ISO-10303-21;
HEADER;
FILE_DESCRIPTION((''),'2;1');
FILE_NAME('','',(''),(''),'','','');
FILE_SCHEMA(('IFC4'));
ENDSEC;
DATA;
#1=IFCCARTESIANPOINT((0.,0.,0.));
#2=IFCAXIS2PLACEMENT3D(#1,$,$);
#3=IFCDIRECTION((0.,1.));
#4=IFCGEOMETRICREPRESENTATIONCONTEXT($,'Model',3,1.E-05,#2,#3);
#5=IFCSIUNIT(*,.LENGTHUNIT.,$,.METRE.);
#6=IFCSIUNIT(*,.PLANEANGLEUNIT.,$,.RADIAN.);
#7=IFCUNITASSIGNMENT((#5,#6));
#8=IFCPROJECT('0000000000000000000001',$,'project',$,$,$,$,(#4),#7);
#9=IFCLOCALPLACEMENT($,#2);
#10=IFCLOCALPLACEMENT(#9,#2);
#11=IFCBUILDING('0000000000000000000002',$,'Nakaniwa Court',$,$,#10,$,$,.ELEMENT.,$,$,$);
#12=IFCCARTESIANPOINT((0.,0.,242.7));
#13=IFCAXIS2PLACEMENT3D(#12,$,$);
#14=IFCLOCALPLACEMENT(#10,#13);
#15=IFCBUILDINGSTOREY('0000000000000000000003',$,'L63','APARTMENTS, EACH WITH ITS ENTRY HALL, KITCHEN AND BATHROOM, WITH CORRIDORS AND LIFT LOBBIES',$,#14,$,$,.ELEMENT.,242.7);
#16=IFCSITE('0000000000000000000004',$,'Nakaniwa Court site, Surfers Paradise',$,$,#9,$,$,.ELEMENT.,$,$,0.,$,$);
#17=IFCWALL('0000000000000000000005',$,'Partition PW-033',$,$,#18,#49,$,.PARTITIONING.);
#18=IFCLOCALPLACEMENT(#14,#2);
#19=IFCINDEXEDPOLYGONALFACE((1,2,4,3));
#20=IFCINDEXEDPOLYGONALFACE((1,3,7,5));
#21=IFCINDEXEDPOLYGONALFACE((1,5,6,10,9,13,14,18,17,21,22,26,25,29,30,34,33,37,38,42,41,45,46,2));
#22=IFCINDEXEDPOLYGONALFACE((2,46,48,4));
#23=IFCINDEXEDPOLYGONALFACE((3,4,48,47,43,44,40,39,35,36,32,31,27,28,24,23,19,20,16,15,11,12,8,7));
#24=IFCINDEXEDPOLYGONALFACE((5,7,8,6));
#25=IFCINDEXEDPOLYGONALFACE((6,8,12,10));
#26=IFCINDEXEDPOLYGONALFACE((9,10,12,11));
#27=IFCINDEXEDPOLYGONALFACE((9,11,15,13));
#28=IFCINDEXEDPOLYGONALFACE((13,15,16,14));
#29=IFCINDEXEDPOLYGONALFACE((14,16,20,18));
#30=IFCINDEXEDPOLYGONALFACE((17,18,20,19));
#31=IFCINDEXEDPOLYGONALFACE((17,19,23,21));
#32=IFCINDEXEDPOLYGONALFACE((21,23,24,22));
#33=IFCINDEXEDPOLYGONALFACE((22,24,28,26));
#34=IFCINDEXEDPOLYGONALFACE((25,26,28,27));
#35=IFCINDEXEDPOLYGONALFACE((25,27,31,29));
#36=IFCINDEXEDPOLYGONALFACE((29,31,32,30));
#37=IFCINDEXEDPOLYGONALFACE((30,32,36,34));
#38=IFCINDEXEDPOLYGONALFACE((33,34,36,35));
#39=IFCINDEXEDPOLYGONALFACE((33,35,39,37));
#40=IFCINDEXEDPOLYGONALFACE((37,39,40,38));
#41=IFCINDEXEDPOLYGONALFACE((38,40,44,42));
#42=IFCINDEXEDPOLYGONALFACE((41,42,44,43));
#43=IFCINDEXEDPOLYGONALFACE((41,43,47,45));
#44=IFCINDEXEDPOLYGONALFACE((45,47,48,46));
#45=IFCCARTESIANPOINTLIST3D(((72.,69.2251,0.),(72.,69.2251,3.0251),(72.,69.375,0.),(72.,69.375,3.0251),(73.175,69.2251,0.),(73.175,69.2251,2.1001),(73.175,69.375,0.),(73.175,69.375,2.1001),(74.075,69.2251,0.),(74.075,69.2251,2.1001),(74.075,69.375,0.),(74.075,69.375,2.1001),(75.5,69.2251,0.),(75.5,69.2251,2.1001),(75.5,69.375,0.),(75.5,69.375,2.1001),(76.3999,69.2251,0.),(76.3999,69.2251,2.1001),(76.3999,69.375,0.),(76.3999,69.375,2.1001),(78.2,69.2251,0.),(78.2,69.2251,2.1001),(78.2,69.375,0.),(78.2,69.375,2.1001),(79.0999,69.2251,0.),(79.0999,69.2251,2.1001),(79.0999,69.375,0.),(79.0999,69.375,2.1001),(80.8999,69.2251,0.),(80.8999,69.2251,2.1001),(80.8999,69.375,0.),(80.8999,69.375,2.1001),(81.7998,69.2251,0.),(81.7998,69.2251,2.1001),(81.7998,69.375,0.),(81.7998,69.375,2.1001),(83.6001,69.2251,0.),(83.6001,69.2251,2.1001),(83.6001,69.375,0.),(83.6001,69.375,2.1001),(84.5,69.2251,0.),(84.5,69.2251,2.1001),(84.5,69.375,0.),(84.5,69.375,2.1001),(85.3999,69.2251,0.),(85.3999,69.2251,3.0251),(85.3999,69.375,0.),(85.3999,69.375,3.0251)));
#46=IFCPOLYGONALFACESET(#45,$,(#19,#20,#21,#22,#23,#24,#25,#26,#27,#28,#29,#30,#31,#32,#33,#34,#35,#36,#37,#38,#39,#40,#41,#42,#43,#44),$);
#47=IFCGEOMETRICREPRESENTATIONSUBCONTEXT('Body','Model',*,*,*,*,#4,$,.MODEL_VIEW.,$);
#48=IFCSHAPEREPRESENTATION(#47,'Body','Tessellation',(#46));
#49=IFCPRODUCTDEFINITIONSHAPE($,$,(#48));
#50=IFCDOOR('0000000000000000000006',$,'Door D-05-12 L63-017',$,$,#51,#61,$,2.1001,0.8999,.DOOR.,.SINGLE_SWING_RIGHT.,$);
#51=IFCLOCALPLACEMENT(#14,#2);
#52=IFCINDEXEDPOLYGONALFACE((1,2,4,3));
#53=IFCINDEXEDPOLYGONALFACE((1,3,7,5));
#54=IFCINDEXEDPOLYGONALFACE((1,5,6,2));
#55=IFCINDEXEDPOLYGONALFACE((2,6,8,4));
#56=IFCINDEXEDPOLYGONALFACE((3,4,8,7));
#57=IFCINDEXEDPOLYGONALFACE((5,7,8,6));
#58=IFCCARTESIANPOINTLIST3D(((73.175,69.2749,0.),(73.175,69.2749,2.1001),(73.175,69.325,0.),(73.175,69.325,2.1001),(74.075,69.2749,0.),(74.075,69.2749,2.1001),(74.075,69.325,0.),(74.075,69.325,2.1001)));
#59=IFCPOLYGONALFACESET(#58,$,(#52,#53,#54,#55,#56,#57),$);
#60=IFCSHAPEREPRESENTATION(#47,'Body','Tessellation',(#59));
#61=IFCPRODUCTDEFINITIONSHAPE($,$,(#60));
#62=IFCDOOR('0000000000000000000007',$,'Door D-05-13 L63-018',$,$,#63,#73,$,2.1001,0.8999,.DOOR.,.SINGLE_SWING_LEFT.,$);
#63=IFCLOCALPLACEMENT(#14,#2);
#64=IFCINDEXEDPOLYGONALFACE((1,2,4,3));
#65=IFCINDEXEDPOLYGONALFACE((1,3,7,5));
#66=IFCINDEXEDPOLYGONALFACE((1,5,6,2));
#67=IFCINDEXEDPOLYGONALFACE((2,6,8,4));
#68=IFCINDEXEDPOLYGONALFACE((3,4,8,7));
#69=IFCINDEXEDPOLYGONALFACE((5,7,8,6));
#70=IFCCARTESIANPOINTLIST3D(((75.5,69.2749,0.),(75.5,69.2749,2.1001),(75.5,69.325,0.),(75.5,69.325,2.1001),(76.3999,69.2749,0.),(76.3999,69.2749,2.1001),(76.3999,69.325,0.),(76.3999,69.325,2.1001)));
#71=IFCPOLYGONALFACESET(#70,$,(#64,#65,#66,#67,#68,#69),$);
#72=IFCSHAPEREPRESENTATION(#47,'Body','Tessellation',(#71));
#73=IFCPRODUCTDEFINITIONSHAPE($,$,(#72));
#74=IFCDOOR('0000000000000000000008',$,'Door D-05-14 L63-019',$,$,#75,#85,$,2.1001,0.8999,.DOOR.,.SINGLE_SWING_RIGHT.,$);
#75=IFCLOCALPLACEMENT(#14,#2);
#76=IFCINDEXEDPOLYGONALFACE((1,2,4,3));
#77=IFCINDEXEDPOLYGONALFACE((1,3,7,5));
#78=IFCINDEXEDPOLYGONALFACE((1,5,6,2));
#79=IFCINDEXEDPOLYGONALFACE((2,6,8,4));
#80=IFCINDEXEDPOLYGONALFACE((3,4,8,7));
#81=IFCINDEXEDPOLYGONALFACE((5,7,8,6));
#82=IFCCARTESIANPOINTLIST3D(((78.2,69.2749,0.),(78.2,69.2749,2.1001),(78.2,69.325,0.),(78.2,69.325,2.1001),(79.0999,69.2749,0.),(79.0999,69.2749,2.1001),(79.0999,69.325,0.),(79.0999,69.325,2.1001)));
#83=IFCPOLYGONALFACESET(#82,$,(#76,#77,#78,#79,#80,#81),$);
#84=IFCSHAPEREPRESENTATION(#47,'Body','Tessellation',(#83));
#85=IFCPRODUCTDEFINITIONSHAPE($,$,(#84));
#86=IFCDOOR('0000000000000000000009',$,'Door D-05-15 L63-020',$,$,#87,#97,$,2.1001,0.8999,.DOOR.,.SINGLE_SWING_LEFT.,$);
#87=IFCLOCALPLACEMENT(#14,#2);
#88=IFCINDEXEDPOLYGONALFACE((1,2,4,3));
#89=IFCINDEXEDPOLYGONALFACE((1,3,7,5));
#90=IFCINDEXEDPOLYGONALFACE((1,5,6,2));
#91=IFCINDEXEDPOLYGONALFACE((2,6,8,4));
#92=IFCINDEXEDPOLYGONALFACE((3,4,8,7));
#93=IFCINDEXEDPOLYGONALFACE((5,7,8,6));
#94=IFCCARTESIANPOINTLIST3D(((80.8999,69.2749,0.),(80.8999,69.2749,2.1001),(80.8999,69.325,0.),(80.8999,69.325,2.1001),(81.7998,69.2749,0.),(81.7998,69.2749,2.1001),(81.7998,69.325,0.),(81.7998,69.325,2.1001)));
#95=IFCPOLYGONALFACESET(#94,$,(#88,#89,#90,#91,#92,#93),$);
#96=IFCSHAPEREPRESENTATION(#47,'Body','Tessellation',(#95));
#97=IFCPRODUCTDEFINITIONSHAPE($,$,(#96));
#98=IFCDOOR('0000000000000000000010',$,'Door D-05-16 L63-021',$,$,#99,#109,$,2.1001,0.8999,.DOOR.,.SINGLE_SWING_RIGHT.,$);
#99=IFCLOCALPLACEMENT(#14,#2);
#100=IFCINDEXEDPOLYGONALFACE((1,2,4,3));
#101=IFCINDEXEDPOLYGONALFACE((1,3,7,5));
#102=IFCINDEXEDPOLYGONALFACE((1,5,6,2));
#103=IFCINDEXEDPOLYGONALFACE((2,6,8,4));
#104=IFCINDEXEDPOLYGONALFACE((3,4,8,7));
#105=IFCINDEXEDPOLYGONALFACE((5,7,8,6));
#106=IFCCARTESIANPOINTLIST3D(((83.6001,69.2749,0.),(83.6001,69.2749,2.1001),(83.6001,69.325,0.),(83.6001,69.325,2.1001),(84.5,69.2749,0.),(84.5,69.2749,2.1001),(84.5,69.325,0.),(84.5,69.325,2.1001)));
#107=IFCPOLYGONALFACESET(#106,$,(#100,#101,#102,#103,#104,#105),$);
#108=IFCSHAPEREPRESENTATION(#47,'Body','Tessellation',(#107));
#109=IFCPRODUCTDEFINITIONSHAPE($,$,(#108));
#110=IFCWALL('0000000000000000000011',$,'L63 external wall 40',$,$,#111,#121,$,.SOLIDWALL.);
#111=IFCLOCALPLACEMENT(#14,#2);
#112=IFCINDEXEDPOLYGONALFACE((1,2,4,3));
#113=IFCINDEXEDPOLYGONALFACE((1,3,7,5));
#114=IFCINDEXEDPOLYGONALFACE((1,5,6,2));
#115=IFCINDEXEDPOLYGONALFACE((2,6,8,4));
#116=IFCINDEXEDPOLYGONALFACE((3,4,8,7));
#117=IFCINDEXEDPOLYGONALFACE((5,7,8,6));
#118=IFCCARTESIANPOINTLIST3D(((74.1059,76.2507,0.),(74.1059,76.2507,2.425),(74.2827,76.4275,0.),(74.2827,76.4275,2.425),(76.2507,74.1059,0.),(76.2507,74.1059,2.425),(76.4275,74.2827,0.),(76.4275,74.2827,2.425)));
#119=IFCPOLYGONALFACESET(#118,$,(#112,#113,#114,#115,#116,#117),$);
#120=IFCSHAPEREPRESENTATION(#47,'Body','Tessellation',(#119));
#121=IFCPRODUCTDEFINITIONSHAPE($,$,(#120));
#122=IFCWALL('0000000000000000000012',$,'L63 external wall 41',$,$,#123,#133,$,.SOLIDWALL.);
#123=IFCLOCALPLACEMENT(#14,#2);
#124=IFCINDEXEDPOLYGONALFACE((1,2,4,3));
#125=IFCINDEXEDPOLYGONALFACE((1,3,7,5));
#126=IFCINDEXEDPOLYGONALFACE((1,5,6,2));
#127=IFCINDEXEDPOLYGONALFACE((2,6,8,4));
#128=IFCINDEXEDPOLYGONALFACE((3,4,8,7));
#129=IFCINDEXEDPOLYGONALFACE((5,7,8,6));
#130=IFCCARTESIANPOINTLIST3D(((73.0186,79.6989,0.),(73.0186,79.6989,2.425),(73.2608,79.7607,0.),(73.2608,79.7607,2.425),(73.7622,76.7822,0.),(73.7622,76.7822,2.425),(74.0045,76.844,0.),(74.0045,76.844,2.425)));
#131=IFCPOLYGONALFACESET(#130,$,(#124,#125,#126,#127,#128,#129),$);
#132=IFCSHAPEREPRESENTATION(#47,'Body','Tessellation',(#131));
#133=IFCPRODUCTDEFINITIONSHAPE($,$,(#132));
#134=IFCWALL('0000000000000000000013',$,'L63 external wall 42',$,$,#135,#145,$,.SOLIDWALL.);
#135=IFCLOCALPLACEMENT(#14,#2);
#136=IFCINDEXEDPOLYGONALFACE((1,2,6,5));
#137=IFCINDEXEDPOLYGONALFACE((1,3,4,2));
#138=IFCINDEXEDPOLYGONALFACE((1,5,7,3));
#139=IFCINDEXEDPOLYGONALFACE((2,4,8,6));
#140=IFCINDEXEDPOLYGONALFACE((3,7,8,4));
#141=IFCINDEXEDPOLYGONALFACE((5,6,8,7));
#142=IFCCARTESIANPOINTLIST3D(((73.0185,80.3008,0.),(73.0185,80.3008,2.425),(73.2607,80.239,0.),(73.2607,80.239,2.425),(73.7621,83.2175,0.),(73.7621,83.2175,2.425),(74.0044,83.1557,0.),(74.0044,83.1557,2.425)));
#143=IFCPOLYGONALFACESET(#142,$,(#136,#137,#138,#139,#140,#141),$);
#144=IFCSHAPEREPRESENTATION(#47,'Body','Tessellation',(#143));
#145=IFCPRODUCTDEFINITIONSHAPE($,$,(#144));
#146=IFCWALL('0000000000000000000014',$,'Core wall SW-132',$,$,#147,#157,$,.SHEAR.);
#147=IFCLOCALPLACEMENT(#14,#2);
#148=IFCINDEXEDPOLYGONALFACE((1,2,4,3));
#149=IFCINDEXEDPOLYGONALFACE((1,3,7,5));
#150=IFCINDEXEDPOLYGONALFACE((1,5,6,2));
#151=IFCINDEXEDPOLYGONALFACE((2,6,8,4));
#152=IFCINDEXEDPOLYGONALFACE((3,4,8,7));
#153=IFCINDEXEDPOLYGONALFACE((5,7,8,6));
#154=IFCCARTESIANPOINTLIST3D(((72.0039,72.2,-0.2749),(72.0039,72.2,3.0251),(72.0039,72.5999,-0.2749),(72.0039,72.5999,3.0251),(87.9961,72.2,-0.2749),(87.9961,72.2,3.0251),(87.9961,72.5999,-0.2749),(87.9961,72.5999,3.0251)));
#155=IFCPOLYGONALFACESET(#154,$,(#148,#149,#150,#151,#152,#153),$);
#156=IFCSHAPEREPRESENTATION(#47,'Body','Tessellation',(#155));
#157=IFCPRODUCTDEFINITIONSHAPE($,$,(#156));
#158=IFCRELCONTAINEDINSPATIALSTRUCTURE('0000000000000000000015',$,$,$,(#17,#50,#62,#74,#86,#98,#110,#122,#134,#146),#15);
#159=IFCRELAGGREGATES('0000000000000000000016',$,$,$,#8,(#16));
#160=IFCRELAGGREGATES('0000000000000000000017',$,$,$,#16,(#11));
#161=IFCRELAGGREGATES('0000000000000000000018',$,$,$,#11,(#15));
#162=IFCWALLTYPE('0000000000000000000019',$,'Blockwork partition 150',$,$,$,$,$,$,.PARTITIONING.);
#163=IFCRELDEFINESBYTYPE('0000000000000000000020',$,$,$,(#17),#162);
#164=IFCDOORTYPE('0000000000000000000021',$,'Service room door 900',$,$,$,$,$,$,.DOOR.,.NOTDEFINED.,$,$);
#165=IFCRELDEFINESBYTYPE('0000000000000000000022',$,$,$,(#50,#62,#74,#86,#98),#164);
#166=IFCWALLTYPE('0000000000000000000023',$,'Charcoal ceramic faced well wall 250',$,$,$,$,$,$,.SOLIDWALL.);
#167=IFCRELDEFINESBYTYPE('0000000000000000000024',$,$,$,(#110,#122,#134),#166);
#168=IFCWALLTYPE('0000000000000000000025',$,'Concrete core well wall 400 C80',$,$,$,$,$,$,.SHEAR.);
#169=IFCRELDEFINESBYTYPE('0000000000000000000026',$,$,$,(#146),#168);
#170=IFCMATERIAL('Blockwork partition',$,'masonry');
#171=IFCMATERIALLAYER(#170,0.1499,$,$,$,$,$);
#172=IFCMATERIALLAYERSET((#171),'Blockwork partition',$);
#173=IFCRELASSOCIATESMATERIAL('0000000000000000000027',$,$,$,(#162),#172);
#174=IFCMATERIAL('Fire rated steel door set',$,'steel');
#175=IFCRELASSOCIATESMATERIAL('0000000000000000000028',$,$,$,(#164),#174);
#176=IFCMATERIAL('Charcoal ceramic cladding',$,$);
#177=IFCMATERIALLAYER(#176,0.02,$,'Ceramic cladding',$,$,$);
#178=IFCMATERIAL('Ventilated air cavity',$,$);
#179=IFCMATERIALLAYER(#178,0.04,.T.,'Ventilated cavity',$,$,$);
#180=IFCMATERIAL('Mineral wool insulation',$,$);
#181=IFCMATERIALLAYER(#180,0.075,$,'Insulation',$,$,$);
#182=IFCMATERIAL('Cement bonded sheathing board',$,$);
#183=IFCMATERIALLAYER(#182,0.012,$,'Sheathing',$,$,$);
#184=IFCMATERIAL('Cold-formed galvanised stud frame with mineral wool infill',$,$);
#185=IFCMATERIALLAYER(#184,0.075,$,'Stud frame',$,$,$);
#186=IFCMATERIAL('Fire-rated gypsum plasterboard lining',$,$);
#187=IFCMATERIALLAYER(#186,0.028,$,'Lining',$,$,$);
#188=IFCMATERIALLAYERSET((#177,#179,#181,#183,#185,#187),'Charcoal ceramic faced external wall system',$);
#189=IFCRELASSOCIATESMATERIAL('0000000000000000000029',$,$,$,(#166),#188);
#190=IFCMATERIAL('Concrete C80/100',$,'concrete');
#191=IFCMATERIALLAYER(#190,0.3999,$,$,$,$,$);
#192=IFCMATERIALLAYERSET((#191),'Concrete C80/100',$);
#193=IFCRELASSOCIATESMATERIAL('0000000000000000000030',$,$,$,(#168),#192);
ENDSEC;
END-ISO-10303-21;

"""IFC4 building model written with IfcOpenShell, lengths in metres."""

from ifc_helpers import new_model, si_unit, direction, frame, frame_2d, origin, place, context, subcontext, project, spatial, rectangle, extrude, material, layer, layer_set, type_object, element, fill, save


model = new_model("IFC4")

# Units and contexts
model_context = context("Model", 3, precision=1e-05, world=origin(), true_north=direction((0.0, 1.0)))
body_context = subcontext(model_context, "Body", "Model", "MODEL_VIEW")
ifc_project = project(units=[si_unit("LENGTHUNIT", "METRE"), si_unit("PLANEANGLEUNIT", "RADIAN")], contexts=[model_context])

# Site, building, storey
site_placement = place(None, origin())
site = spatial("IfcSite", under=ifc_project, at=site_placement, Name="Nakaniwa Court site, Surfers Paradise", CompositionType="ELEMENT", RefElevation=0.0)
building_placement = place(site_placement, origin())
building = spatial("IfcBuilding", under=site, at=building_placement, Name="Nakaniwa Court", CompositionType="ELEMENT")
storey_placement = place(building_placement, frame((0.0, 0.0, 242.7)))
storey = spatial("IfcBuildingStorey", under=building, at=storey_placement, Name="L63", Description="APARTMENTS, EACH WITH ITS ENTRY HALL, KITCHEN AND BATHROOM, WITH CORRIDORS AND LIFT LOBBIES", CompositionType="ELEMENT", Elevation=242.7)

# Shared definitions
ifc_material_1 = material(Name="Concrete C80/100", Category="concrete")

# Shared definitions
ifc_material_2 = material(Name="Blockwork partition", Category="masonry")
ifc_layer_1 = layer(ifc_material_2, 0.1499)
ifc_layer_set_1 = layer_set([ifc_layer_1], Name="Blockwork partition")
wall_type_1 = type_object("IfcWallType", Name="Blockwork partition 150", PredefinedType="PARTITIONING", material=ifc_layer_set_1)

# Wall, openings, doors
wall_1_placement = place(storey_placement, frame((72.0, 69.3, 0.0), z_axis=(0.0, 0.0, 1.0), x_axis=(1.0, 0.0, 0.0)))
wall_1 = element("IfcWall", 1, at=wall_1_placement, inside=storey, type_object=wall_type_1, Name="Partition PW-033", PredefinedType="PARTITIONING", context=body_context, shape_type="SweptSolid", body=[
    extrude(rectangle(XDim=13.3999, YDim=0.1499, at=frame_2d((6.7, 0.0))), origin(), (0.0, 0.0, 1.0), 3.0251),
])
opening_1_placement = place(wall_1_placement, frame((1.175, 0.0, 0.0)))
opening_1 = element("IfcOpeningElement", 2, at=opening_1_placement, cuts=wall_1, PredefinedType="OPENING", context=body_context, shape_type="SweptSolid", body=[
    extrude(rectangle(XDim=0.8999, YDim=2.1001, at=frame_2d((0.45, 1.05))), frame((0.0, 0.085, 0.0), z_axis=(0.0, -1.0, 0.0), x_axis=(1.0, 0.0, 0.0)), (0.0, 0.0, 1.0), 0.1699),
])
opening_2_placement = place(wall_1_placement, frame((3.5, 0.0, 0.0)))
opening_2 = element("IfcOpeningElement", 3, at=opening_2_placement, cuts=wall_1, PredefinedType="OPENING", context=body_context, shape_type="SweptSolid", body=[
    extrude(rectangle(XDim=0.8999, YDim=2.1001, at=frame_2d((0.45, 1.05))), frame((0.0, 0.085, 0.0), z_axis=(0.0, -1.0, 0.0), x_axis=(1.0, 0.0, 0.0)), (0.0, 0.0, 1.0), 0.1699),
])
opening_3_placement = place(wall_1_placement, frame((6.2, 0.0, 0.0)))
opening_3 = element("IfcOpeningElement", 4, at=opening_3_placement, cuts=wall_1, PredefinedType="OPENING", context=body_context, shape_type="SweptSolid", body=[
    extrude(rectangle(XDim=0.8999, YDim=2.1001, at=frame_2d((0.45, 1.05))), frame((0.0, 0.085, 0.0), z_axis=(0.0, -1.0, 0.0), x_axis=(1.0, 0.0, 0.0)), (0.0, 0.0, 1.0), 0.1699),
])
opening_4_placement = place(wall_1_placement, frame((8.8999, 0.0, 0.0)))
opening_4 = element("IfcOpeningElement", 5, at=opening_4_placement, cuts=wall_1, PredefinedType="OPENING", context=body_context, shape_type="SweptSolid", body=[
    extrude(rectangle(XDim=0.8999, YDim=2.1001, at=frame_2d((0.45, 1.05))), frame((0.0, 0.085, 0.0), z_axis=(0.0, -1.0, 0.0), x_axis=(1.0, 0.0, 0.0)), (0.0, 0.0, 1.0), 0.1699),
])
opening_5_placement = place(wall_1_placement, frame((11.6001, 0.0, 0.0)))
opening_5 = element("IfcOpeningElement", 6, at=opening_5_placement, cuts=wall_1, PredefinedType="OPENING", context=body_context, shape_type="SweptSolid", body=[
    extrude(rectangle(XDim=0.8999, YDim=2.1001, at=frame_2d((0.45, 1.05))), frame((0.0, 0.085, 0.0), z_axis=(0.0, -1.0, 0.0), x_axis=(1.0, 0.0, 0.0)), (0.0, 0.0, 1.0), 0.1699),
])
ifc_material_3 = material(Name="Fire rated steel door set", Category="steel")
door_type_1 = type_object("IfcDoorType", Name="Service room door 900", OperationType="NOTDEFINED", PredefinedType="DOOR", material=ifc_material_3)
door_1_placement = place(opening_1_placement, origin())
door_1 = element("IfcDoor", 7, at=door_1_placement, inside=storey, type_object=door_type_1, Name="Door D-05-12 L63-017", OperationType="SINGLE_SWING_RIGHT", OverallHeight=2.1001, OverallWidth=0.8999, PredefinedType="DOOR", context=body_context, shape_type="SweptSolid", body=[
    extrude(rectangle(XDim=0.8999, YDim=2.1001, at=frame_2d((0.45, 1.05))), frame((0.0, 0.0249, 0.0), z_axis=(0.0, -1.0, 0.0), x_axis=(1.0, 0.0, 0.0)), (0.0, 0.0, 1.0), 0.05),
])
fill(opening_1, door_1)
door_2_placement = place(opening_2_placement, origin())
door_2 = element("IfcDoor", 8, at=door_2_placement, inside=storey, type_object=door_type_1, Name="Door D-05-13 L63-018", OperationType="SINGLE_SWING_LEFT", OverallHeight=2.1001, OverallWidth=0.8999, PredefinedType="DOOR", context=body_context, shape_type="SweptSolid", body=[
    extrude(rectangle(XDim=0.8999, YDim=2.1001, at=frame_2d((0.45, 1.05))), frame((0.0, 0.0249, 0.0), z_axis=(0.0, -1.0, 0.0), x_axis=(1.0, 0.0, 0.0)), (0.0, 0.0, 1.0), 0.05),
])
fill(opening_2, door_2)
door_3_placement = place(opening_3_placement, origin())
door_3 = element("IfcDoor", 9, at=door_3_placement, inside=storey, type_object=door_type_1, Name="Door D-05-14 L63-019", OperationType="SINGLE_SWING_RIGHT", OverallHeight=2.1001, OverallWidth=0.8999, PredefinedType="DOOR", context=body_context, shape_type="SweptSolid", body=[
    extrude(rectangle(XDim=0.8999, YDim=2.1001, at=frame_2d((0.45, 1.05))), frame((0.0, 0.0249, 0.0), z_axis=(0.0, -1.0, 0.0), x_axis=(1.0, 0.0, 0.0)), (0.0, 0.0, 1.0), 0.05),
])
fill(opening_3, door_3)
door_4_placement = place(opening_4_placement, origin())
door_4 = element("IfcDoor", 10, at=door_4_placement, inside=storey, type_object=door_type_1, Name="Door D-05-15 L63-020", OperationType="SINGLE_SWING_LEFT", OverallHeight=2.1001, OverallWidth=0.8999, PredefinedType="DOOR", context=body_context, shape_type="SweptSolid", body=[
    extrude(rectangle(XDim=0.8999, YDim=2.1001, at=frame_2d((0.45, 1.05))), frame((0.0, 0.0249, 0.0), z_axis=(0.0, -1.0, 0.0), x_axis=(1.0, 0.0, 0.0)), (0.0, 0.0, 1.0), 0.05),
])
fill(opening_4, door_4)
door_5_placement = place(opening_5_placement, origin())
door_5 = element("IfcDoor", 11, at=door_5_placement, inside=storey, type_object=door_type_1, Name="Door D-05-16 L63-021", OperationType="SINGLE_SWING_RIGHT", OverallHeight=2.1001, OverallWidth=0.8999, PredefinedType="DOOR", context=body_context, shape_type="SweptSolid", body=[
    extrude(rectangle(XDim=0.8999, YDim=2.1001, at=frame_2d((0.45, 1.05))), frame((0.0, 0.0249, 0.0), z_axis=(0.0, -1.0, 0.0), x_axis=(1.0, 0.0, 0.0)), (0.0, 0.0, 1.0), 0.05),
])
fill(opening_5, door_5)

# Walls
ifc_material_4 = material(Name="Charcoal ceramic cladding")
ifc_layer_2 = layer(ifc_material_4, 0.02, Name="Ceramic cladding")
ifc_material_5 = material(Name="Ventilated air cavity")
ifc_layer_3 = layer(ifc_material_5, 0.04, ventilated=True, Name="Ventilated cavity")
ifc_material_6 = material(Name="Mineral wool insulation")
ifc_layer_4 = layer(ifc_material_6, 0.075, Name="Insulation")
ifc_material_7 = material(Name="Cement bonded sheathing board")
ifc_layer_5 = layer(ifc_material_7, 0.012, Name="Sheathing")
ifc_material_8 = material(Name="Cold-formed galvanised stud frame with mineral wool infill")
ifc_layer_6 = layer(ifc_material_8, 0.075, Name="Stud frame")
ifc_material_9 = material(Name="Fire-rated gypsum plasterboard lining")
ifc_layer_7 = layer(ifc_material_9, 0.028, Name="Lining")
ifc_layer_set_2 = layer_set([ifc_layer_2, ifc_layer_3, ifc_layer_4, ifc_layer_5, ifc_layer_6, ifc_layer_7], Name="Charcoal ceramic faced external wall system")
wall_type_2 = type_object("IfcWallType", Name="Charcoal ceramic faced well wall 250", PredefinedType="SOLIDWALL", material=ifc_layer_set_2)
wall_2_placement = place(storey_placement, frame((76.3391, 74.1943, 0.0), z_axis=(0.0, 0.0, 1.0), x_axis=(-0.707107, 0.707107, 0.0)))
element("IfcWall", 12, at=wall_2_placement, inside=storey, type_object=wall_type_2, Name="L63 external wall 40", PredefinedType="SOLIDWALL", context=body_context, shape_type="SweptSolid", body=[
    extrude(rectangle(XDim=3.0332, YDim=0.25, at=frame_2d((1.5166, 0.0))), origin(), (0.0, 0.0, 1.0), 2.425),
])
for number, where, z_axis, x_axis, name in (
    (13, (73.8833, 76.8132, 0.0), (0.0, 0.0, 1.0), (-0.247056, 0.969001, 0.0), "L63 external wall 41"),
    (14, (73.1396, 80.27, 0.0), (0.0, 0.0, 1.0), (0.247056, 0.969001, 0.0), "L63 external wall 42"),
):
    element("IfcWall", number, at=place(storey_placement, frame(where, z_axis=z_axis, x_axis=x_axis)), inside=storey, type_object=wall_type_2, Name=name, PredefinedType="SOLIDWALL", context=body_context, shape_type="SweptSolid", body=[
        extrude(rectangle(XDim=3.01, YDim=0.25, at=frame_2d((1.5049, 0.0))), origin(), (0.0, 0.0, 1.0), 2.425),
    ])
ifc_layer_8 = layer(ifc_material_1, 0.3999)
ifc_layer_set_3 = layer_set([ifc_layer_8], Name="Concrete C80/100")
wall_type_3 = type_object("IfcWallType", Name="Concrete core well wall 400 C80", PredefinedType="SHEAR", material=ifc_layer_set_3)
wall_3_placement = place(storey_placement, frame((72.0039, 72.3999, -0.2749), z_axis=(0.0, 0.0, 1.0), x_axis=(1.0, 0.0, 0.0)))
element("IfcWall", 15, at=wall_3_placement, inside=storey, type_object=wall_type_3, Name="Core wall SW-132", PredefinedType="SHEAR", context=body_context, shape_type="SweptSolid", body=[
    extrude(rectangle(XDim=15.9922, YDim=0.3999, at=frame_2d((7.9961, 0.0))), origin(), (0.0, 0.0, 1.0), 3.3),
])

save(model, "model.ifc")
